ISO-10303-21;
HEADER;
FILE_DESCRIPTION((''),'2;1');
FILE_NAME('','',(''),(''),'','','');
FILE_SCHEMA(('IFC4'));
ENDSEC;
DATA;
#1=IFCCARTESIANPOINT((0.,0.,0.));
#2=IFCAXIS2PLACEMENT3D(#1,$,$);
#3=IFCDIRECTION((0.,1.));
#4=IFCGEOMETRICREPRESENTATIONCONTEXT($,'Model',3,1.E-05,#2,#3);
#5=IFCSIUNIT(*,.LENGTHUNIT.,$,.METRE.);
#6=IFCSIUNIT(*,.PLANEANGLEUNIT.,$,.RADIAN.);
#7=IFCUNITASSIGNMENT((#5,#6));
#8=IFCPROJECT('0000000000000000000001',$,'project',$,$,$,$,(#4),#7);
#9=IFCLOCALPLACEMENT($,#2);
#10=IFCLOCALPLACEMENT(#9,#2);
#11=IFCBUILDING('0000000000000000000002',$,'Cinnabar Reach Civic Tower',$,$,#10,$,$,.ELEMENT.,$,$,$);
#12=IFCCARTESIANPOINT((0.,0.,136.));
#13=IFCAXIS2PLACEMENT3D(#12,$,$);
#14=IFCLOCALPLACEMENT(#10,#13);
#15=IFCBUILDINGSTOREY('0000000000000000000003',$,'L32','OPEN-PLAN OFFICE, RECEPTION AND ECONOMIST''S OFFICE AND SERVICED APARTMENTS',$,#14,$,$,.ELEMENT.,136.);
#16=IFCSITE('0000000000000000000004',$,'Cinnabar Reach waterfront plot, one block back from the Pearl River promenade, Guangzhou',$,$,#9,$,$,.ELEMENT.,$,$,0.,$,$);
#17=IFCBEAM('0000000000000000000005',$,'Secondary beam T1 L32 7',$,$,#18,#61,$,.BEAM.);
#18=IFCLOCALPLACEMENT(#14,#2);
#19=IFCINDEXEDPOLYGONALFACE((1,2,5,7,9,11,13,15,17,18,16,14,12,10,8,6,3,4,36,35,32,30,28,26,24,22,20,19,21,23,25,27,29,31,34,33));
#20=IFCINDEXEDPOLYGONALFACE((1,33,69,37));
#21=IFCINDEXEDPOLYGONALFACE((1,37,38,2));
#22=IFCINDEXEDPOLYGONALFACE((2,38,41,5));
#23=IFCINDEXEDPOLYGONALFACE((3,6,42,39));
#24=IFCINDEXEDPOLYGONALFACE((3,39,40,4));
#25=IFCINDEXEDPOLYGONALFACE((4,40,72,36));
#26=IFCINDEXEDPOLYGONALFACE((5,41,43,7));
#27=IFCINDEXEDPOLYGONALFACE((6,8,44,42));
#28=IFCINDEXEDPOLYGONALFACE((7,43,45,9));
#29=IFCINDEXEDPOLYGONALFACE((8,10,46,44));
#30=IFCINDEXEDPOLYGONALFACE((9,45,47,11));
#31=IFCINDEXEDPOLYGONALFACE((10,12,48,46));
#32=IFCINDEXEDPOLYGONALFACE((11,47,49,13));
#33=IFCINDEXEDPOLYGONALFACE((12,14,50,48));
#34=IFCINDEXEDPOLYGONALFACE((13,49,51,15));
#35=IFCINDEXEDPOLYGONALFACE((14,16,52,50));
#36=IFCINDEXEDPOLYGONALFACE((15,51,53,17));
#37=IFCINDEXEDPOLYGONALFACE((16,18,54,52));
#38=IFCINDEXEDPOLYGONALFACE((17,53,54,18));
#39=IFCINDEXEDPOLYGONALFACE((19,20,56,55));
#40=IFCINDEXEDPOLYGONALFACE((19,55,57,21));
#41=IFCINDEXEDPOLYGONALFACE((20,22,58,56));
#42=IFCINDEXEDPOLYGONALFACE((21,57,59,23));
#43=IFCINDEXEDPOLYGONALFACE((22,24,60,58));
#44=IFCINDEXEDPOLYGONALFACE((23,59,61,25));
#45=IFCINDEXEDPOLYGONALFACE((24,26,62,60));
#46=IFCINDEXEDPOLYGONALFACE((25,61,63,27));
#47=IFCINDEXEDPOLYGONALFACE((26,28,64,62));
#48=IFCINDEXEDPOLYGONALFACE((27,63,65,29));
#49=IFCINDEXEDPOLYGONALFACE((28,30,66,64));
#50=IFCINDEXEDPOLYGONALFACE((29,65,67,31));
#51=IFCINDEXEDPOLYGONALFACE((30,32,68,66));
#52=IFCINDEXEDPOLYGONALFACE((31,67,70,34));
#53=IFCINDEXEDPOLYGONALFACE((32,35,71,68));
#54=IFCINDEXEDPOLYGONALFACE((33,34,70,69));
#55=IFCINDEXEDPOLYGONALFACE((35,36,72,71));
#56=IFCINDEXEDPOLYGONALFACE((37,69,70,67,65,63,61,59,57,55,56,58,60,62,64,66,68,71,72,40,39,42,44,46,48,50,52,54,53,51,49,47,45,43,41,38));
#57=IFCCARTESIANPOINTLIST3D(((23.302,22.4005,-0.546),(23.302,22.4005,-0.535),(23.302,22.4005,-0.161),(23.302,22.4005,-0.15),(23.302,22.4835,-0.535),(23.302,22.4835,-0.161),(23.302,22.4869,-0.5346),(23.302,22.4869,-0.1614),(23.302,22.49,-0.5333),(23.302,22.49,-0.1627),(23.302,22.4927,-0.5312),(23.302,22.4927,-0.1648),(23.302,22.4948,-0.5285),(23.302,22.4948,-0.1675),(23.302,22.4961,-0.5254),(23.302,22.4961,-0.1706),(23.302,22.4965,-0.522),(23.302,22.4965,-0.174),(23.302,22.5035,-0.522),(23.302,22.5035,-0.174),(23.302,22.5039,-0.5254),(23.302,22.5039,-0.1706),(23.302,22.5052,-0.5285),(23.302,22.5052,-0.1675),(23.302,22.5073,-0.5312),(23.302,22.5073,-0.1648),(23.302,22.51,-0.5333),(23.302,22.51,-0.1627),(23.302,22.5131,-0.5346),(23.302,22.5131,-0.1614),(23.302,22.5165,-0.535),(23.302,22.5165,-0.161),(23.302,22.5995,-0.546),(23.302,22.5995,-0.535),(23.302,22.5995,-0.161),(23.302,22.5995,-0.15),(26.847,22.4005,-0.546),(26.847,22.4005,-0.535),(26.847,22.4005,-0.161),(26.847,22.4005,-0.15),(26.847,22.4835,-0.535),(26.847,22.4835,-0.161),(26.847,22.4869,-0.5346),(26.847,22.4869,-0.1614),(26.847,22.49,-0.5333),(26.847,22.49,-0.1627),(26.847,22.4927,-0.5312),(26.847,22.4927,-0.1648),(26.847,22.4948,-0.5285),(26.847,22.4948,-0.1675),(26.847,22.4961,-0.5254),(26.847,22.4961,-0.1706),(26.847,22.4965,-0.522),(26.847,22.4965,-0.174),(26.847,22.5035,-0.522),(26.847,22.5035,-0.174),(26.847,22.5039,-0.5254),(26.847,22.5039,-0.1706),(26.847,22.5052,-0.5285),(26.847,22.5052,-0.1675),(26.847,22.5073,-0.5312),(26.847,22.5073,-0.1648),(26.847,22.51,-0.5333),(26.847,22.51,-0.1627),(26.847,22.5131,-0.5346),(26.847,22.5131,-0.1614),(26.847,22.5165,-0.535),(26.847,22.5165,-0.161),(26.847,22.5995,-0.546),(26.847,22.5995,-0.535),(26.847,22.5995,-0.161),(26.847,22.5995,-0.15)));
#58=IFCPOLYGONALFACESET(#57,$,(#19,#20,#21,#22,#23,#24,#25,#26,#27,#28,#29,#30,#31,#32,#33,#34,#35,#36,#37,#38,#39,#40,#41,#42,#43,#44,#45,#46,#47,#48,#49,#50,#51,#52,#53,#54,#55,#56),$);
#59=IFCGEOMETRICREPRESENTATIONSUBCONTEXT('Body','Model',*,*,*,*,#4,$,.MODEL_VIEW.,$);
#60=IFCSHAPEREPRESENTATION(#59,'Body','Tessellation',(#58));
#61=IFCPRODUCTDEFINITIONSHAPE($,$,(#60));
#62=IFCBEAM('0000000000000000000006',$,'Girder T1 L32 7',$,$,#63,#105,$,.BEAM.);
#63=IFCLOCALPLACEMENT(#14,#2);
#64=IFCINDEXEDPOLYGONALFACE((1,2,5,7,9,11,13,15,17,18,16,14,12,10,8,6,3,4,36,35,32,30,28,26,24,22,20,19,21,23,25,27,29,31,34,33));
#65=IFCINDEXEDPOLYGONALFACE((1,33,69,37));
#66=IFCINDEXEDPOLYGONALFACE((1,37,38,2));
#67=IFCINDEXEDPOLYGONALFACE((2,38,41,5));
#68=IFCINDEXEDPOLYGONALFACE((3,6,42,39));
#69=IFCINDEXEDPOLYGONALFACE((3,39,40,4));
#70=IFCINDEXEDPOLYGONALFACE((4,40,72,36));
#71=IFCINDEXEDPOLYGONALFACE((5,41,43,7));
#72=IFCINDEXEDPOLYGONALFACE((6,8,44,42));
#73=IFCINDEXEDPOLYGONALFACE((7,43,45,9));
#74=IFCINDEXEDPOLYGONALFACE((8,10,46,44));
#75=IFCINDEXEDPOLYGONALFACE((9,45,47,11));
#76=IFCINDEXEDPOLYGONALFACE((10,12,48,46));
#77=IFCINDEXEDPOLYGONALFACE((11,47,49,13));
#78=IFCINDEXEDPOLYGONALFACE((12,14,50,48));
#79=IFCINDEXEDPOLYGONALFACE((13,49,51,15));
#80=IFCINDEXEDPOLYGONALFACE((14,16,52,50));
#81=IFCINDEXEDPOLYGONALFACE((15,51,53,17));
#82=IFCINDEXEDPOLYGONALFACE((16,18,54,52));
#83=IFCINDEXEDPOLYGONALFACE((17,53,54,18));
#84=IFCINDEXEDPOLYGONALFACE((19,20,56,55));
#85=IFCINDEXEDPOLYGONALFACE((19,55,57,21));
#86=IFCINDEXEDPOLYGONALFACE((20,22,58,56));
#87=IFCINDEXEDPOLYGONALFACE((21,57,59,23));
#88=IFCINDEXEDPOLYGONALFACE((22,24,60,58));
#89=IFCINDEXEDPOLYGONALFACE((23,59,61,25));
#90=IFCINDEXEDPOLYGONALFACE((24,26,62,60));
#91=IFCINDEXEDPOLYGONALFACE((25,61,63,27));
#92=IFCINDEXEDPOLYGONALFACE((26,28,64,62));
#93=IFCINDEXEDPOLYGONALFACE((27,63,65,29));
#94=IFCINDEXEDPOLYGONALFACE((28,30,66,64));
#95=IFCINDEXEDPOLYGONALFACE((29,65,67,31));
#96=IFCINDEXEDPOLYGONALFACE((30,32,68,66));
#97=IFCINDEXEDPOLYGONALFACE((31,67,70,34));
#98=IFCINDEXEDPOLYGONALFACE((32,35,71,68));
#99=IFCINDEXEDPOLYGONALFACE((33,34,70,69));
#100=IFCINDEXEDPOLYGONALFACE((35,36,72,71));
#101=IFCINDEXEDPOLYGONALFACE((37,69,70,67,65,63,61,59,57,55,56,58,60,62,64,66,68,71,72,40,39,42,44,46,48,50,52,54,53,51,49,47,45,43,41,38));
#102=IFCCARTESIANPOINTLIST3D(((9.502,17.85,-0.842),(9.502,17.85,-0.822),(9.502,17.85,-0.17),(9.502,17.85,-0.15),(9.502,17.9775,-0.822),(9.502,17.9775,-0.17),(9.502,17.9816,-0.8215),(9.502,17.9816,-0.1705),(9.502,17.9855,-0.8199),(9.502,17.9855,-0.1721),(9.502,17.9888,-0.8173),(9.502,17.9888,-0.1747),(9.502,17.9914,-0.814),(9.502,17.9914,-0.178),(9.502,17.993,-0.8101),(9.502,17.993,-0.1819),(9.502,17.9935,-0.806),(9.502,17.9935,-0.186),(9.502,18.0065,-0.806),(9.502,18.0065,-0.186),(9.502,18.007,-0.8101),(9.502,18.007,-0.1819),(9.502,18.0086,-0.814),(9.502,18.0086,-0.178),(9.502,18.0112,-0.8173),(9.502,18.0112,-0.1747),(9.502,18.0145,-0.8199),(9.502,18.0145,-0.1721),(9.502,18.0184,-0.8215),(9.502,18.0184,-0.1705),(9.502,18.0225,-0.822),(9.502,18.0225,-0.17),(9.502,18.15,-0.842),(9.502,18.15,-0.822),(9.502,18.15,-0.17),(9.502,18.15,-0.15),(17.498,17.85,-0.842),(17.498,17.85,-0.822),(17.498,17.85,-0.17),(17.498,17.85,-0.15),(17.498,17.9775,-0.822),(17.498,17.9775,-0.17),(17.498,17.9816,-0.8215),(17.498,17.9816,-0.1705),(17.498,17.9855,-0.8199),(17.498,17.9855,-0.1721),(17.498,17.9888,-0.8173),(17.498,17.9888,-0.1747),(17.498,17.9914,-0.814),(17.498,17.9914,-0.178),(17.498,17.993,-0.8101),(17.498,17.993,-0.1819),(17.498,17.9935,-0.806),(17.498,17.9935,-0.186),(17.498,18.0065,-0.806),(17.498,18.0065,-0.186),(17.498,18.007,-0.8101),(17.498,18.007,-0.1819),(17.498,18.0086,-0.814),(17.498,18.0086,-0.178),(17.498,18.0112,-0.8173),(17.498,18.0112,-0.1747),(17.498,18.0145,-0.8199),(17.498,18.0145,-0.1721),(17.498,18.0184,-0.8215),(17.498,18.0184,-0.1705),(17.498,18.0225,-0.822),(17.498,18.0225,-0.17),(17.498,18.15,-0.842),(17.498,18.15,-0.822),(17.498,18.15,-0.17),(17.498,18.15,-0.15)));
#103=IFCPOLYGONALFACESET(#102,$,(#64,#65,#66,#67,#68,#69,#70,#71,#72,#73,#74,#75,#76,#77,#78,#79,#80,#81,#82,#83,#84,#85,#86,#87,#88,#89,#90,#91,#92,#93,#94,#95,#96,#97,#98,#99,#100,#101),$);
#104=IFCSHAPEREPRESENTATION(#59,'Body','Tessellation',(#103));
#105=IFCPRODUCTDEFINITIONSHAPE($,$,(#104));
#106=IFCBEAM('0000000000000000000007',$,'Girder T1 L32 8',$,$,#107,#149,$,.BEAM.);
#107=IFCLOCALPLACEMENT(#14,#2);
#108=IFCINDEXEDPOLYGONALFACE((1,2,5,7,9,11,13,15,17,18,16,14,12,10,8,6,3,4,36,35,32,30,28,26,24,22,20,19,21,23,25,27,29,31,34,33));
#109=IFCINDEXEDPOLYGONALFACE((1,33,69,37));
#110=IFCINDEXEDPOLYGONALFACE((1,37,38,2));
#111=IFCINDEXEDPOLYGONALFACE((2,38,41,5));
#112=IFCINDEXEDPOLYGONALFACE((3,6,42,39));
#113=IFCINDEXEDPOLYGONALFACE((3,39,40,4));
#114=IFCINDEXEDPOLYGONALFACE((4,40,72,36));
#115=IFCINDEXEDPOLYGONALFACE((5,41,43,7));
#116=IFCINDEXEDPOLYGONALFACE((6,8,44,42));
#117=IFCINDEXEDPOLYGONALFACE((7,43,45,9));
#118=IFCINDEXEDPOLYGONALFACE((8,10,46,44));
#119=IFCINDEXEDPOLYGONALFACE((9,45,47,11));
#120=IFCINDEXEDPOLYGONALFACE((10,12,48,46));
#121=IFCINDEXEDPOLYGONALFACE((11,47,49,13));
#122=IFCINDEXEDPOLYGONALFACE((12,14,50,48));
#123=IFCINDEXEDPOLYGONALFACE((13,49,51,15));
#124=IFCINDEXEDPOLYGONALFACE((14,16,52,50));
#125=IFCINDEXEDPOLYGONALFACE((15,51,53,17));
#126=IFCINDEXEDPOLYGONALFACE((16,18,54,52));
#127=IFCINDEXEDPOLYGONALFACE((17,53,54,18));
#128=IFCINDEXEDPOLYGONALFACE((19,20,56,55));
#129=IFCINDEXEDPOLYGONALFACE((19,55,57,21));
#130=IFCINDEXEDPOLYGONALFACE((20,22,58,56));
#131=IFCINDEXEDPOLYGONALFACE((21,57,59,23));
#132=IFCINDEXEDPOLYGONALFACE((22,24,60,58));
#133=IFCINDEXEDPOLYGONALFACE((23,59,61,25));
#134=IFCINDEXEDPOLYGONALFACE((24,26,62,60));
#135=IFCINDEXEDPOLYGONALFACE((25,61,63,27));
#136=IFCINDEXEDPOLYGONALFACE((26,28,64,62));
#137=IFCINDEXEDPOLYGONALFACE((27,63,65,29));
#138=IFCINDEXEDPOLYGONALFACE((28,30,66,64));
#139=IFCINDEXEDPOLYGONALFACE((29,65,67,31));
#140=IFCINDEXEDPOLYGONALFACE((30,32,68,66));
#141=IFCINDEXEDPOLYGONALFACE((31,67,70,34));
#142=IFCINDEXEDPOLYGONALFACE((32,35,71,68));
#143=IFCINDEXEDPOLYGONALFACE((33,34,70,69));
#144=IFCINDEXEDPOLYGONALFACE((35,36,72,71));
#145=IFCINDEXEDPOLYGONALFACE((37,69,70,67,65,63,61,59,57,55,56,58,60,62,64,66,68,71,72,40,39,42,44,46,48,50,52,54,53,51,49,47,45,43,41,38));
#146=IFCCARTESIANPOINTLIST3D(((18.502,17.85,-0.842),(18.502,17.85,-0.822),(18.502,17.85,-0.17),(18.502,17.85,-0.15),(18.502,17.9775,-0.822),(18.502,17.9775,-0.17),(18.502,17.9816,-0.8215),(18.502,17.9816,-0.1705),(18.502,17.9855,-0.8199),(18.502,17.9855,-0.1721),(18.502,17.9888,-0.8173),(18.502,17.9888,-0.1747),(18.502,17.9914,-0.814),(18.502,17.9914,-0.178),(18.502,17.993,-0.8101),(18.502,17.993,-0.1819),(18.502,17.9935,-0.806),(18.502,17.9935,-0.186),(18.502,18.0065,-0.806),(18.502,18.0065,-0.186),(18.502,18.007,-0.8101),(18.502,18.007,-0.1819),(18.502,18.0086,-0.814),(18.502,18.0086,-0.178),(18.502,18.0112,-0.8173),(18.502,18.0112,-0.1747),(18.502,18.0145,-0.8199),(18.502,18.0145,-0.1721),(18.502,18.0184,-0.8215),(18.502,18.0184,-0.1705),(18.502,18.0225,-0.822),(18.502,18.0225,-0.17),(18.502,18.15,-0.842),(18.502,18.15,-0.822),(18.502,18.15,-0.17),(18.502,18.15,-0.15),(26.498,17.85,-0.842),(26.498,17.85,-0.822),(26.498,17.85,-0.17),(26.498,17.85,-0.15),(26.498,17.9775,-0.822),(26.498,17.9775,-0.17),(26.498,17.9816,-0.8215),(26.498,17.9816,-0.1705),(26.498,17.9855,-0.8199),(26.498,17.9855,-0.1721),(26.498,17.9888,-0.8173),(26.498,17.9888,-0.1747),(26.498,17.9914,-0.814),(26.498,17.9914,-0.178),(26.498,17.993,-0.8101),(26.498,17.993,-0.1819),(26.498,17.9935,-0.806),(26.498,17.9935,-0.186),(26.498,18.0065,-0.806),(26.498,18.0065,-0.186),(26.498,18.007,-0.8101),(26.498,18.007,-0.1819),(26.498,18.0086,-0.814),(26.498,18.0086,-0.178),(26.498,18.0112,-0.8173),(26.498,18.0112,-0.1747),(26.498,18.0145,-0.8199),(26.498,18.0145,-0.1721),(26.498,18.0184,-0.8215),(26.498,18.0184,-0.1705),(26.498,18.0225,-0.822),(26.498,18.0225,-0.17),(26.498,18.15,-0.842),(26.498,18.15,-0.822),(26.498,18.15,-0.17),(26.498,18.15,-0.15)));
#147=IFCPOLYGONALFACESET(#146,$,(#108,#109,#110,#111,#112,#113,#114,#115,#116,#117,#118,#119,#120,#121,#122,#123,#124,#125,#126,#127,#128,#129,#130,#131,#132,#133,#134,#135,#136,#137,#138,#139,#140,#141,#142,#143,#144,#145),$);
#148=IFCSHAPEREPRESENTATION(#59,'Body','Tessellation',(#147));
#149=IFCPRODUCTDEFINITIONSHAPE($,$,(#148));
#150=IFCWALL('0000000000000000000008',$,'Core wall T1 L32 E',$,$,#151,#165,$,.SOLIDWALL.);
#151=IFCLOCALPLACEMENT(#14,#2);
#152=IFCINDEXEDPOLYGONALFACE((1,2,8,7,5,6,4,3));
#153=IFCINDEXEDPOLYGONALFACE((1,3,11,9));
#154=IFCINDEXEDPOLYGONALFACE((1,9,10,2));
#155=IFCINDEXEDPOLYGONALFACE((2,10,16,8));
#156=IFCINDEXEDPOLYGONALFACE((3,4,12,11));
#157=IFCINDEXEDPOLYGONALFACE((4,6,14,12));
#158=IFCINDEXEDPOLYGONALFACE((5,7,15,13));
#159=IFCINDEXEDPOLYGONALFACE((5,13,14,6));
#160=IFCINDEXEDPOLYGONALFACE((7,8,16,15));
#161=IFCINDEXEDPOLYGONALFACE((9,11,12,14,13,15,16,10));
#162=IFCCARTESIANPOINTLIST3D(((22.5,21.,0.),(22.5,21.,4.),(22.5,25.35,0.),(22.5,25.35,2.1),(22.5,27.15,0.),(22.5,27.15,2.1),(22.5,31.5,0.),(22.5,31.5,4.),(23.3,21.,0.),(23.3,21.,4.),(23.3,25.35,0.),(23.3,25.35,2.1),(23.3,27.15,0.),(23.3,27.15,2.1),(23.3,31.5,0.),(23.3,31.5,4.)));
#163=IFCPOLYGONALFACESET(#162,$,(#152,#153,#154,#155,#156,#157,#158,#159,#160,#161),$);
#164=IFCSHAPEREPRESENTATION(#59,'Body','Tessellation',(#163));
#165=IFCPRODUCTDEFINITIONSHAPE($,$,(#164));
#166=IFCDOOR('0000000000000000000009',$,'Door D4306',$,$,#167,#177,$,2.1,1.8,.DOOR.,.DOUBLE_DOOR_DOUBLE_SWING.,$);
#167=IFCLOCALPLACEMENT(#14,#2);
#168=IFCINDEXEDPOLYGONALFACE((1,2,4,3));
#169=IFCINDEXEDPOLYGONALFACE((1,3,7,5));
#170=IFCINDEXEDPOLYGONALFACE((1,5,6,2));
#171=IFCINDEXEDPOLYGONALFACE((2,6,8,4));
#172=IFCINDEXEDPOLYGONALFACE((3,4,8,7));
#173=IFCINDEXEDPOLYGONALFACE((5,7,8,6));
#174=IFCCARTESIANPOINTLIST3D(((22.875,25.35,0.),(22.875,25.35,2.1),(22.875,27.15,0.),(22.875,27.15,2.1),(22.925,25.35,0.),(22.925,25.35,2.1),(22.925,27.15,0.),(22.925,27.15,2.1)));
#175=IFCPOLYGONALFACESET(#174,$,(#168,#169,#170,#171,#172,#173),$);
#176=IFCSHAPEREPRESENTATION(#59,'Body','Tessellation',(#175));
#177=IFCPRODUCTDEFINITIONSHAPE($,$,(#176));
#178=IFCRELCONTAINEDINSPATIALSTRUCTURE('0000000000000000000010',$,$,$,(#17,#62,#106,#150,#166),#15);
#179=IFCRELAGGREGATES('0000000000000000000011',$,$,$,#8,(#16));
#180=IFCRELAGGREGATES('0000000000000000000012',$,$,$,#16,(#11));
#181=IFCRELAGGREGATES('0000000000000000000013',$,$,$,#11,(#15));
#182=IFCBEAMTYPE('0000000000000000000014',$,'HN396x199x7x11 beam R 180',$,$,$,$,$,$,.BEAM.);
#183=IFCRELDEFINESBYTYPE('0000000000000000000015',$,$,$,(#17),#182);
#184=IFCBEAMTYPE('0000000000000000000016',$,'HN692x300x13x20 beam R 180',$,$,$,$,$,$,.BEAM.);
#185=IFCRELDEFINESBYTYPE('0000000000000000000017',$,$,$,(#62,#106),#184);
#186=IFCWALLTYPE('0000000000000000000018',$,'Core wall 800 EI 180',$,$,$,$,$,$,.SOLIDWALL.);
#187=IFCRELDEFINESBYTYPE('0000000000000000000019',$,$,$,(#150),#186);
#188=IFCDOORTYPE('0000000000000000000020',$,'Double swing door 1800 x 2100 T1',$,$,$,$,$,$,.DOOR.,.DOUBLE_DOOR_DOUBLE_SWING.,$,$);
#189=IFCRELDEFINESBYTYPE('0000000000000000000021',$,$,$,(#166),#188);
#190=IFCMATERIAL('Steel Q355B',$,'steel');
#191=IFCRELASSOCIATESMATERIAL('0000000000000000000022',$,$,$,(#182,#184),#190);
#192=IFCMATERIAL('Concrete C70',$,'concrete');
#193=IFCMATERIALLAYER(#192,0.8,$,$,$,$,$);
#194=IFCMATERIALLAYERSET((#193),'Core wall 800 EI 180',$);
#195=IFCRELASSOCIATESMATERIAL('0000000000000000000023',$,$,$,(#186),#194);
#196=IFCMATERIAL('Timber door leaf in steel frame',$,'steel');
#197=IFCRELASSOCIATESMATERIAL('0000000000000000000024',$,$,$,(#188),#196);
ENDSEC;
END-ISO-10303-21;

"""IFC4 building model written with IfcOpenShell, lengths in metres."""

from ifc_helpers import new_model, si_unit, direction, frame, frame_2d, origin, origin_2d, place, context, subcontext, project, spatial, rectangle, i_section, extrude, material, layer, layer_set, material_profile, profile_set, type_object, element, fill, save


model = new_model("IFC4")

# Units and contexts
model_context = context("Model", 3, precision=1e-05, world=origin(), true_north=direction((0.0, 1.0)))
body_context = subcontext(model_context, "Body", "Model", "MODEL_VIEW")
ifc_project = project(units=[si_unit("LENGTHUNIT", "METRE"), si_unit("PLANEANGLEUNIT", "RADIAN")], contexts=[model_context])

# Site, building, storey
site_placement = place(None, origin())
site = spatial("IfcSite", under=ifc_project, at=site_placement, Name="Cinnabar Reach waterfront plot, one block back from the Pearl River promenade, Guangzhou", CompositionType="ELEMENT", RefElevation=0.0)
building_placement = place(site_placement, origin())
building = spatial("IfcBuilding", under=site, at=building_placement, Name="Cinnabar Reach Civic Tower", CompositionType="ELEMENT")
storey_placement = place(building_placement, frame((0.0, 0.0, 136.0)))
storey = spatial("IfcBuildingStorey", under=building, at=storey_placement, Name="L32", Description="OPEN-PLAN OFFICE, RECEPTION AND ECONOMIST'S OFFICE AND SERVICED APARTMENTS", CompositionType="ELEMENT", Elevation=136.0)

# Shared definitions
ifc_material_1 = material(Name="Concrete C70", Category="concrete")

# Beams
ifc_material_2 = material(Name="Steel Q355B", Category="steel")
ifc_material_profile_1 = material_profile(ifc_material_2, i_section(OverallWidth=0.199, OverallDepth=0.396, WebThickness=0.007, FlangeThickness=0.011, FilletRadius=0.013, at=origin_2d()), Name="HN396x199x7x11")
ifc_profile_set_1 = profile_set([ifc_material_profile_1], Name="Steel Q355B")
beam_type_1 = type_object("IfcBeamType", Name="HN396x199x7x11 beam R 180", PredefinedType="BEAM", material=ifc_profile_set_1)
beam_1_placement = place(storey_placement, frame((23.302, 22.5, -0.348), z_axis=(1.0, 0.0, 0.0), x_axis=(0.0, 1.0, 0.0)))
element("IfcBeam", 1, at=beam_1_placement, inside=storey, type_object=beam_type_1, Name="Secondary beam T1 L32 7", PredefinedType="BEAM", context=body_context, shape_type="SweptSolid", body=[
    extrude(i_section(OverallWidth=0.199, OverallDepth=0.396, WebThickness=0.007, FlangeThickness=0.011, FilletRadius=0.013, at=origin_2d()), origin(), (0.0, 0.0, 1.0), 3.545),
])
ifc_material_profile_2 = material_profile(ifc_material_2, i_section(OverallWidth=0.3, OverallDepth=0.692, WebThickness=0.013, FlangeThickness=0.02, FilletRadius=0.016, at=origin_2d()), Name="HN692x300x13x20")
ifc_profile_set_2 = profile_set([ifc_material_profile_2], Name="Steel Q355B")
beam_type_2 = type_object("IfcBeamType", Name="HN692x300x13x20 beam R 180", PredefinedType="BEAM", material=ifc_profile_set_2)
for number, where, z_axis, x_axis, name in (
    (2, (9.502, 18.0, -0.496), (1.0, 0.0, 0.0), (0.0, 1.0, 0.0), "Girder T1 L32 7"),
    (3, (18.502, 18.0, -0.496), (1.0, 0.0, 0.0), (0.0, 1.0, 0.0), "Girder T1 L32 8"),
):
    element("IfcBeam", number, at=place(storey_placement, frame(where, z_axis=z_axis, x_axis=x_axis)), inside=storey, type_object=beam_type_2, Name=name, PredefinedType="BEAM", context=body_context, shape_type="SweptSolid", body=[
        extrude(i_section(OverallWidth=0.3, OverallDepth=0.692, WebThickness=0.013, FlangeThickness=0.02, FilletRadius=0.016, at=origin_2d()), origin(), (0.0, 0.0, 1.0), 7.996),
    ])

# Wall, opening, door
ifc_layer_1 = layer(ifc_material_1, 0.8)
ifc_layer_set_1 = layer_set([ifc_layer_1], Name="Core wall 800 EI 180")
wall_type_1 = type_object("IfcWallType", Name="Core wall 800 EI 180", PredefinedType="SOLIDWALL", material=ifc_layer_set_1)
wall_1_placement = place(storey_placement, frame((22.9, 21.0, 0.0), z_axis=(0.0, 0.0, 1.0), x_axis=(0.0, 1.0, 0.0)))
wall_1 = element("IfcWall", 4, at=wall_1_placement, inside=storey, type_object=wall_type_1, Name="Core wall T1 L32 E", PredefinedType="SOLIDWALL", context=body_context, shape_type="SweptSolid", body=[
    extrude(rectangle(XDim=10.5, YDim=0.8, at=frame_2d((5.25, 0.0))), origin(), (0.0, 0.0, 1.0), 4.0),
])
opening_1_placement = place(wall_1_placement, frame((4.35, 0.0, 0.0)))
opening_1 = element("IfcOpeningElement", 5, at=opening_1_placement, cuts=wall_1, PredefinedType="OPENING", context=body_context, shape_type="SweptSolid", body=[
    extrude(rectangle(XDim=1.8, YDim=2.1, at=frame_2d((0.9, 1.05))), frame((0.0, 0.41, 0.0), z_axis=(0.0, -1.0, 0.0), x_axis=(1.0, 0.0, 0.0)), (0.0, 0.0, 1.0), 0.82),
])
ifc_material_3 = material(Name="Timber door leaf in steel frame", Category="steel")
door_type_1 = type_object("IfcDoorType", Name="Double swing door 1800 x 2100 T1", OperationType="DOUBLE_DOOR_DOUBLE_SWING", PredefinedType="DOOR", material=ifc_material_3)
door_1_placement = place(opening_1_placement, origin())
door_1 = element("IfcDoor", 6, at=door_1_placement, inside=storey, type_object=door_type_1, Name="Door D4306", OperationType="DOUBLE_DOOR_DOUBLE_SWING", OverallHeight=2.1, OverallWidth=1.8, PredefinedType="DOOR", context=body_context, shape_type="SweptSolid", body=[
    extrude(rectangle(XDim=1.8, YDim=2.1, at=frame_2d((0.9, 1.05))), frame((0.0, 0.025, 0.0), z_axis=(0.0, -1.0, 0.0), x_axis=(1.0, 0.0, 0.0)), (0.0, 0.0, 1.0), 0.05),
])
fill(opening_1, door_1)

save(model, "model.ifc")
